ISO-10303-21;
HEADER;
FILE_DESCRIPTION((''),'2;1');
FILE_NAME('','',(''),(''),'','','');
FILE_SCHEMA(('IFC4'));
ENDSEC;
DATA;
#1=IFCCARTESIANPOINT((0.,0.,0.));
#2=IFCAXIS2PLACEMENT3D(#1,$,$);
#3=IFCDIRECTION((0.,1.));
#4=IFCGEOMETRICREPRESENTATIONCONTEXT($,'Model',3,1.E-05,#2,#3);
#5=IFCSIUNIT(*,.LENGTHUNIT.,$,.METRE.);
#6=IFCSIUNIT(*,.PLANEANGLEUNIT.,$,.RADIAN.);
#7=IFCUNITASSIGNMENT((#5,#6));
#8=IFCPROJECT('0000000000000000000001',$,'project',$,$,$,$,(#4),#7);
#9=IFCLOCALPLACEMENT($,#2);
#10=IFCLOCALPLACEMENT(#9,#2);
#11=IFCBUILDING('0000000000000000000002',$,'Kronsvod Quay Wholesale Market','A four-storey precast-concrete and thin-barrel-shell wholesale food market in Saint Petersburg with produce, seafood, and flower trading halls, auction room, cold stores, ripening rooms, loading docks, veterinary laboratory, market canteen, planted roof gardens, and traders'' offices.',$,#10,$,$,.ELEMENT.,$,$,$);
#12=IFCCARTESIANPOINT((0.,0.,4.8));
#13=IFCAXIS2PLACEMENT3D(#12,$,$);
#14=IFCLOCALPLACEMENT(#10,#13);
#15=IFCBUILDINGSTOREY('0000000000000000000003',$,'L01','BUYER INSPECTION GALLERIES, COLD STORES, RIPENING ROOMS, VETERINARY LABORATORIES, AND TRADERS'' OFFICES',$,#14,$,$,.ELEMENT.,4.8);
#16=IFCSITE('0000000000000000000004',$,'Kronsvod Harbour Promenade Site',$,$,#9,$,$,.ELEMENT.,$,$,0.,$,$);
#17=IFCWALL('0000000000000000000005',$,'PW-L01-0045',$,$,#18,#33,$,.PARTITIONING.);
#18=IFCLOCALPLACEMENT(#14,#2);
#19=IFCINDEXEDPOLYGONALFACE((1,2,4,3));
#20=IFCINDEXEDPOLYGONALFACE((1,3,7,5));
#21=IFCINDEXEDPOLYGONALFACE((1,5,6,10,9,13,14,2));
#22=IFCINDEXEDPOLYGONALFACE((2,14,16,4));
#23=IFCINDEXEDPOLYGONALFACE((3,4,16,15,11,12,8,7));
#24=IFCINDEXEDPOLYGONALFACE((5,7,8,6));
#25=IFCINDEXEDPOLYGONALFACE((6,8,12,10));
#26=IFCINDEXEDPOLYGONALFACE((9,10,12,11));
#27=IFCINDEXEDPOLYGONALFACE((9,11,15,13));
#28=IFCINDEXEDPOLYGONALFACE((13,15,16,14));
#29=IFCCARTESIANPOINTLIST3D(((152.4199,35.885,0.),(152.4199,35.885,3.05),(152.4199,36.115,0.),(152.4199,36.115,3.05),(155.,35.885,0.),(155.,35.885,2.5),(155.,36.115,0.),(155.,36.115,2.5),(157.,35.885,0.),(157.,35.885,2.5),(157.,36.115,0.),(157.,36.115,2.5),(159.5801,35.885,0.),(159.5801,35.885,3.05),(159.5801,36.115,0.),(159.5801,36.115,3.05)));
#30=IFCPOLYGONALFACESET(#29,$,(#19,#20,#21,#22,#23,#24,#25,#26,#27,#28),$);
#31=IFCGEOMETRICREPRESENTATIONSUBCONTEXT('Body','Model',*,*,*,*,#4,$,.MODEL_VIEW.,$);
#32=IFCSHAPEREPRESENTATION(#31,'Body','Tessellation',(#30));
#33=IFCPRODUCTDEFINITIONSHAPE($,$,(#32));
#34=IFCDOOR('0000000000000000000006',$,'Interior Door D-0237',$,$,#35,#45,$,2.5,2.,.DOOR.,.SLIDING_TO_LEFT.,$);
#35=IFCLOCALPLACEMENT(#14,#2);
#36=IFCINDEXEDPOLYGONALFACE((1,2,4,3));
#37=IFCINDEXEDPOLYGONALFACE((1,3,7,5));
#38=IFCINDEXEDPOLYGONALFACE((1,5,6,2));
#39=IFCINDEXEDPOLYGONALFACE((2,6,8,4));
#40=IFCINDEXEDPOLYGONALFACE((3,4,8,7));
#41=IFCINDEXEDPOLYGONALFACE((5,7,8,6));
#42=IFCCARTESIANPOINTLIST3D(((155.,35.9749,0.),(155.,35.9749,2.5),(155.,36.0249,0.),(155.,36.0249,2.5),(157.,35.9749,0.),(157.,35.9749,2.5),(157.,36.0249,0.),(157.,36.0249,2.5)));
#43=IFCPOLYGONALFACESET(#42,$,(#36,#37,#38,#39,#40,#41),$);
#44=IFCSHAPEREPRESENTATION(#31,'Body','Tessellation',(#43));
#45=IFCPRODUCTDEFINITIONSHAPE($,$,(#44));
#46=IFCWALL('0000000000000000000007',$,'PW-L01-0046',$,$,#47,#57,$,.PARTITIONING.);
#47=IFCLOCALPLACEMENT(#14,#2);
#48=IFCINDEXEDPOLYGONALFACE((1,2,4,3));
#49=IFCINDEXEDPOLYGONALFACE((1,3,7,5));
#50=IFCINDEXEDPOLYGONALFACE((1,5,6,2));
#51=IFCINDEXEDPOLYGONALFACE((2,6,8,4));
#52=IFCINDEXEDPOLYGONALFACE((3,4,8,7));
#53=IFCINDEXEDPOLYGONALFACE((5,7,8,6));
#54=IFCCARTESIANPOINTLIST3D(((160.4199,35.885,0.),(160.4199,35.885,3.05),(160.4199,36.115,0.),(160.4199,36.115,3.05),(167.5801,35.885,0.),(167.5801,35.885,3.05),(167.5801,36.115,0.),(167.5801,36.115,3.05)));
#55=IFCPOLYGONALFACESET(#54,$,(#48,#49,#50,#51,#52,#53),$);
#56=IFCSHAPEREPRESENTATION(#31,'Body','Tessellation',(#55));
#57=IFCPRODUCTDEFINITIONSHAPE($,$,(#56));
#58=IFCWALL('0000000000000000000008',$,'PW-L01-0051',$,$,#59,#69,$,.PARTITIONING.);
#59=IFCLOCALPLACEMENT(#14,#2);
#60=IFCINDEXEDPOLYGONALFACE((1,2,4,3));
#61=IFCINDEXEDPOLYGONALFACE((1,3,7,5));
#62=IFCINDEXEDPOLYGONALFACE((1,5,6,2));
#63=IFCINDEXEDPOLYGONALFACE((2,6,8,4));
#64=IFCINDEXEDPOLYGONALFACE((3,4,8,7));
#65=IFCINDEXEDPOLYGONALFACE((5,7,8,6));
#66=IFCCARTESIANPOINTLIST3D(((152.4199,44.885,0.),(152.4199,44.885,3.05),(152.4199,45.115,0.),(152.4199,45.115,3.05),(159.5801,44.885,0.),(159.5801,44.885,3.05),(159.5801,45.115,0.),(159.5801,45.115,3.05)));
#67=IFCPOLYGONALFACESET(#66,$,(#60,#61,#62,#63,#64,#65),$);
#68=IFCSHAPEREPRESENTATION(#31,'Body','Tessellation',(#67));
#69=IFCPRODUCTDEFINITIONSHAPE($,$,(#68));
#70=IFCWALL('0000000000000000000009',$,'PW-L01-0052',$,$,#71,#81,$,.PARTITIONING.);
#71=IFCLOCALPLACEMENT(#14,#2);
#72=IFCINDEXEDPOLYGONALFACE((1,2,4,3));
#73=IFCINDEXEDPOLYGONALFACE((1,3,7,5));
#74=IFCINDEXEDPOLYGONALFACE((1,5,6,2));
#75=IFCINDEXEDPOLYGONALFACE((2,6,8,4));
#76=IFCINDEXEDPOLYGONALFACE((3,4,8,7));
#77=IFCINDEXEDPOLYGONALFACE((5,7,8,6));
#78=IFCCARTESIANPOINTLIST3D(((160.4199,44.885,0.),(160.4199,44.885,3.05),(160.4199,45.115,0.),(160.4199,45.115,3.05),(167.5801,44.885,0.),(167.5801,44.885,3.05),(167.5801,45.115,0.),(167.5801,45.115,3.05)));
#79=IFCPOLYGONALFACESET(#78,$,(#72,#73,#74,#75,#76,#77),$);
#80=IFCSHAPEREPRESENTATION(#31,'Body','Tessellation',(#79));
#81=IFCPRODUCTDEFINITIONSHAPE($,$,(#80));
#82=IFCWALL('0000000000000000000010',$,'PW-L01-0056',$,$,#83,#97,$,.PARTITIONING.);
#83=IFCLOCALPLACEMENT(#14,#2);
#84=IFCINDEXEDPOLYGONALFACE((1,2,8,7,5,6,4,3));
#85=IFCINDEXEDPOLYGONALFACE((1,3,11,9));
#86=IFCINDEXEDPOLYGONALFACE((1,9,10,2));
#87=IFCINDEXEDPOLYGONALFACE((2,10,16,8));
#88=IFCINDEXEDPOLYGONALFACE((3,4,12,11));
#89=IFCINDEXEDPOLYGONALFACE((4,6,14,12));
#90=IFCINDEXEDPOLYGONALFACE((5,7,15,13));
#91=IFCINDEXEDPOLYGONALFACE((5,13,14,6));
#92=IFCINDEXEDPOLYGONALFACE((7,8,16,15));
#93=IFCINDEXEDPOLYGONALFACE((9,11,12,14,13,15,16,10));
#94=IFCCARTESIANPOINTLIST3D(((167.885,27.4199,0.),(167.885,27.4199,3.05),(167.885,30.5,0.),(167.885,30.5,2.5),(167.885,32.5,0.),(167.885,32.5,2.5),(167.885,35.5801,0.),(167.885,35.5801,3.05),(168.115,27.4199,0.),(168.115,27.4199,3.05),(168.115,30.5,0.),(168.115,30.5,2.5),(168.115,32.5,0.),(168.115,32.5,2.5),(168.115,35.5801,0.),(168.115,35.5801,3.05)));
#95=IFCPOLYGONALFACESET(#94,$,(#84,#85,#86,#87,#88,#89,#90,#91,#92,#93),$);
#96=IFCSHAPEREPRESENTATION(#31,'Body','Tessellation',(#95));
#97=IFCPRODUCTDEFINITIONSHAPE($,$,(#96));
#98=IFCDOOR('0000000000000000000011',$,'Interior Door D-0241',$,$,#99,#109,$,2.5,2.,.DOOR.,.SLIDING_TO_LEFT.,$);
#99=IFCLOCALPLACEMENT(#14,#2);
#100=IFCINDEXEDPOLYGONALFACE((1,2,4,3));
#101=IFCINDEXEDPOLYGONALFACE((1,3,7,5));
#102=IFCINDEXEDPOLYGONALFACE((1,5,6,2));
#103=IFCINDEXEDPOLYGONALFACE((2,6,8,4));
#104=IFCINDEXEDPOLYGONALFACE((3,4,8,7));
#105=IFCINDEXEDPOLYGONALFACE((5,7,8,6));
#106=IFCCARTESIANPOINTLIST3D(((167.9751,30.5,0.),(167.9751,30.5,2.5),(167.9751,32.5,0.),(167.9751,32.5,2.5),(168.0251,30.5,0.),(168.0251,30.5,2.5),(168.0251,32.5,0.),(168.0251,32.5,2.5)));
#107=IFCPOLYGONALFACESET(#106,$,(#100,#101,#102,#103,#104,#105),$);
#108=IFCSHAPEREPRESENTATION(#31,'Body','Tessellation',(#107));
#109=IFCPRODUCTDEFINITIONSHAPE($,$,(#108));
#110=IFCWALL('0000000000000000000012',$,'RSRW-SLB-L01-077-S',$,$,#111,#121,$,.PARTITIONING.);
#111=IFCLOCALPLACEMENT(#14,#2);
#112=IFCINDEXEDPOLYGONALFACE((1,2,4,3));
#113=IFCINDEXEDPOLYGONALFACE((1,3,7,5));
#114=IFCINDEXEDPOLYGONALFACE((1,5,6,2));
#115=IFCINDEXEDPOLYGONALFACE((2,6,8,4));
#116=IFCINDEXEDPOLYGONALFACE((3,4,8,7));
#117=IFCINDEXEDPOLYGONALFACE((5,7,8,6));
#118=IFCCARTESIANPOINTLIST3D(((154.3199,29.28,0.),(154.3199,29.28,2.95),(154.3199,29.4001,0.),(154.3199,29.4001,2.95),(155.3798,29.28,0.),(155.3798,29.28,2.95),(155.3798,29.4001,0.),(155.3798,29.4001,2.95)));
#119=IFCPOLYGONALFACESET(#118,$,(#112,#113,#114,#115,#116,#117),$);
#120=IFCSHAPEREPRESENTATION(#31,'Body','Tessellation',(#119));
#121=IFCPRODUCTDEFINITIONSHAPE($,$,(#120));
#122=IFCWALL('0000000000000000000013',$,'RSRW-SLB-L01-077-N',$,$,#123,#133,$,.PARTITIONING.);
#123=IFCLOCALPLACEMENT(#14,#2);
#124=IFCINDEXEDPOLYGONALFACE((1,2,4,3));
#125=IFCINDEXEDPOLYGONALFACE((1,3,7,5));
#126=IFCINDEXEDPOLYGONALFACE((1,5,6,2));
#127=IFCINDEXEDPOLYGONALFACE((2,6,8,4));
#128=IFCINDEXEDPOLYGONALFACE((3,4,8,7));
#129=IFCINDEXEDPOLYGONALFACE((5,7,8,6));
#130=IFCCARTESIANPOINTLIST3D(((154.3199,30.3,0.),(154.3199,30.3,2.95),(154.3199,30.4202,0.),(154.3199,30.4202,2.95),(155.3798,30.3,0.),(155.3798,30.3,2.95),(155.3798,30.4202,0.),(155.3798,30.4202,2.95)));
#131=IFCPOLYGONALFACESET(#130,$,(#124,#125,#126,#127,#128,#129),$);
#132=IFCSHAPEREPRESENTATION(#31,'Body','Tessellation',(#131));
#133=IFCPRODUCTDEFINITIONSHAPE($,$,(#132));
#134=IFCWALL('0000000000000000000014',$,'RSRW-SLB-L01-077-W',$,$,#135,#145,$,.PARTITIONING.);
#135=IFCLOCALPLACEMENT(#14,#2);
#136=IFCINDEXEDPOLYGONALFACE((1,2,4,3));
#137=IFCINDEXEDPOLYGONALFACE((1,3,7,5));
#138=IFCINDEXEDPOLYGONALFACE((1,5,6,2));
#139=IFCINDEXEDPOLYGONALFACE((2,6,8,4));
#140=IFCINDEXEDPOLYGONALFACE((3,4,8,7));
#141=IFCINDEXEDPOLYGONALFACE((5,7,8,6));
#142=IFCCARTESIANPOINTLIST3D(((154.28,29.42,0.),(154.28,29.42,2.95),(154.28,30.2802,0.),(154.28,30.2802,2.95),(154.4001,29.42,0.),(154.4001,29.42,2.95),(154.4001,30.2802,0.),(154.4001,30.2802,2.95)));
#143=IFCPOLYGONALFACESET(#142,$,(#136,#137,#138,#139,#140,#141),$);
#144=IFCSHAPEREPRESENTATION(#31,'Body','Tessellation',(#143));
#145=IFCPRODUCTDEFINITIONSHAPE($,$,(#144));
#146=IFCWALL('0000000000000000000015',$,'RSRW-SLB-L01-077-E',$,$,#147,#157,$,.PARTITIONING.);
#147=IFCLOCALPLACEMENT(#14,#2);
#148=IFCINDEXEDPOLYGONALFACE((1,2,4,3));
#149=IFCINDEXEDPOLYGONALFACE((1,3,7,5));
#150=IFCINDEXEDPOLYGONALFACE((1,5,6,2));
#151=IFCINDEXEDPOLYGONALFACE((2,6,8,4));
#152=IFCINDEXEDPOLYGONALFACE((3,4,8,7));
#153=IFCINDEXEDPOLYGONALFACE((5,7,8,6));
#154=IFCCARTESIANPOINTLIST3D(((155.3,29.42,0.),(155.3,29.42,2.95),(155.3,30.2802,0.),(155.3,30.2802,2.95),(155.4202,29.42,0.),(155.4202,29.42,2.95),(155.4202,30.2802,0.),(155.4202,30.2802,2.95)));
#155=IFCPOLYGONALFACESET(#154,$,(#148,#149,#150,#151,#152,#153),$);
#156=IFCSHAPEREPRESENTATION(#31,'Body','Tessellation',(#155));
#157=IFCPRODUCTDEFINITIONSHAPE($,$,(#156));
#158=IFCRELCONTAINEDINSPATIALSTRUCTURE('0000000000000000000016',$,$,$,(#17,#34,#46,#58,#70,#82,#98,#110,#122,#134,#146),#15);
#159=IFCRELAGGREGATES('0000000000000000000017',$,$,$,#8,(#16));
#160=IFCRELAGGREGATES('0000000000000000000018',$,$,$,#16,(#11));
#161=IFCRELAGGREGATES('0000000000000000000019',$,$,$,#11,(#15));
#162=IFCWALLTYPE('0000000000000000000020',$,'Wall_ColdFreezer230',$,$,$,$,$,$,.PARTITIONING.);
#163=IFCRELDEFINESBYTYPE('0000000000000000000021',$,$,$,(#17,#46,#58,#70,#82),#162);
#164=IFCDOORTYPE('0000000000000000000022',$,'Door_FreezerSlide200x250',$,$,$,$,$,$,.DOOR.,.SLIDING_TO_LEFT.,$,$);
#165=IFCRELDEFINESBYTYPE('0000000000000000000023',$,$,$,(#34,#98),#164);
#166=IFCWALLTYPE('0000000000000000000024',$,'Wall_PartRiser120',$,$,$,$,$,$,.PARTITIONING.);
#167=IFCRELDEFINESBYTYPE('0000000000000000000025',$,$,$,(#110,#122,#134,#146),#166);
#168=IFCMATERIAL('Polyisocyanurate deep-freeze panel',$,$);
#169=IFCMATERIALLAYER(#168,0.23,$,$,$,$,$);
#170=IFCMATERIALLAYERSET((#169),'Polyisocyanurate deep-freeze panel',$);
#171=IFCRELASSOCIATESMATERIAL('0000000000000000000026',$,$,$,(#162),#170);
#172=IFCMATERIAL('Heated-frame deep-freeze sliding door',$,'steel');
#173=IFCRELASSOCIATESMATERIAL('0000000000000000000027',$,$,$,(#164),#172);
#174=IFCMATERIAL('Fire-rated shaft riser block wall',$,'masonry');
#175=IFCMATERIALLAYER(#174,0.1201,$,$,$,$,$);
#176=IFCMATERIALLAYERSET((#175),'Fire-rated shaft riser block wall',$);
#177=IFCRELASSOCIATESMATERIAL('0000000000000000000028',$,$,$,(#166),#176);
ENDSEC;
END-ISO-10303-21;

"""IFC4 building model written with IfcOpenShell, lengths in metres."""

from ifc_helpers import new_model, si_unit, direction, frame, frame_2d, origin, place, context, subcontext, project, spatial, rectangle, extrude, material, layer, layer_set, type_object, element, fill, save


model = new_model("IFC4")

# Units and contexts
model_context = context("Model", 3, precision=1e-05, world=origin(), true_north=direction((0.0, 1.0)))
body_context = subcontext(model_context, "Body", "Model", "MODEL_VIEW")
ifc_project = project(units=[si_unit("LENGTHUNIT", "METRE"), si_unit("PLANEANGLEUNIT", "RADIAN")], contexts=[model_context])

# Site, building, storey
site_placement = place(None, origin())
site = spatial("IfcSite", under=ifc_project, at=site_placement, Name="Kronsvod Harbour Promenade Site", CompositionType="ELEMENT", RefElevation=0.0)
building_placement = place(site_placement, origin())
building = spatial("IfcBuilding", under=site, at=building_placement, Name="Kronsvod Quay Wholesale Market", Description="A four-storey precast-concrete and thin-barrel-shell wholesale food market in Saint Petersburg with produce, seafood, and flower trading halls, auction room, cold stores, ripening rooms, loading docks, veterinary laboratory, market canteen, planted roof gardens, and traders' offices.", CompositionType="ELEMENT")
storey_placement = place(building_placement, frame((0.0, 0.0, 4.8)))
storey = spatial("IfcBuildingStorey", under=building, at=storey_placement, Name="L01", Description="BUYER INSPECTION GALLERIES, COLD STORES, RIPENING ROOMS, VETERINARY LABORATORIES, AND TRADERS' OFFICES", CompositionType="ELEMENT", Elevation=4.8)

# Wall, opening, door
ifc_material_1 = material(Name="Polyisocyanurate deep-freeze panel")
ifc_layer_1 = layer(ifc_material_1, 0.23)
ifc_layer_set_1 = layer_set([ifc_layer_1], Name="Polyisocyanurate deep-freeze panel")
wall_type_1 = type_object("IfcWallType", Name="Wall_ColdFreezer230", PredefinedType="PARTITIONING", material=ifc_layer_set_1)
wall_1_placement = place(storey_placement, frame((152.4199, 36.0, 0.0), z_axis=(0.0, 0.0, 1.0), x_axis=(1.0, 0.0, 0.0)))
wall_1 = element("IfcWall", 1, at=wall_1_placement, inside=storey, type_object=wall_type_1, Name="PW-L01-0045", PredefinedType="PARTITIONING", context=body_context, shape_type="SweptSolid", body=[
    extrude(rectangle(XDim=7.1602, YDim=0.23, at=frame_2d((3.5801, 0.0))), origin(), (0.0, 0.0, 1.0), 3.05),
])
opening_1_placement = place(wall_1_placement, frame((2.5801, 0.0, 0.0)))
opening_1 = element("IfcOpeningElement", 2, at=opening_1_placement, cuts=wall_1, PredefinedType="OPENING", context=body_context, shape_type="SweptSolid", body=[
    extrude(rectangle(XDim=2.0, YDim=2.5, at=frame_2d((1.0, 1.25))), frame((0.0, 0.125, 0.0), z_axis=(0.0, -1.0, 0.0), x_axis=(1.0, 0.0, 0.0)), (0.0, 0.0, 1.0), 0.25),
])
ifc_material_2 = material(Name="Heated-frame deep-freeze sliding door", Category="steel")
door_type = type_object("IfcDoorType", Name="Door_FreezerSlide200x250", OperationType="SLIDING_TO_LEFT", PredefinedType="DOOR", material=ifc_material_2)
door_1_placement = place(opening_1_placement, origin())
door_1 = element("IfcDoor", 3, at=door_1_placement, inside=storey, type_object=door_type, Name="Interior Door D-0237", OperationType="SLIDING_TO_LEFT", OverallHeight=2.5, OverallWidth=2.0, PredefinedType="DOOR", context=body_context, shape_type="SweptSolid", body=[
    extrude(rectangle(XDim=2.0, YDim=2.5, at=frame_2d((1.0, 1.25))), frame((0.0, 0.0249, 0.0), z_axis=(0.0, -1.0, 0.0), x_axis=(1.0, 0.0, 0.0)), (0.0, 0.0, 1.0), 0.05),
])
fill(opening_1, door_1)

# Walls
for number, where, z_axis, x_axis, name in (
    (4, (160.4199, 36.0, 0.0), (0.0, 0.0, 1.0), (1.0, 0.0, 0.0), "PW-L01-0046"),
    (5, (152.4199, 45.0, 0.0), (0.0, 0.0, 1.0), (1.0, 0.0, 0.0), "PW-L01-0051"),
    (6, (160.4199, 45.0, 0.0), (0.0, 0.0, 1.0), (1.0, 0.0, 0.0), "PW-L01-0052"),
):
    element("IfcWall", number, at=place(storey_placement, frame(where, z_axis=z_axis, x_axis=x_axis)), inside=storey, type_object=wall_type_1, Name=name, PredefinedType="PARTITIONING", context=body_context, shape_type="SweptSolid", body=[
        extrude(rectangle(XDim=7.1602, YDim=0.23, at=frame_2d((3.5801, 0.0))), origin(), (0.0, 0.0, 1.0), 3.05),
    ])

# Wall, opening, door
wall_2_placement = place(storey_placement, frame((168.0, 27.4199, 0.0), z_axis=(0.0, 0.0, 1.0), x_axis=(0.0, 1.0, 0.0)))
wall_2 = element("IfcWall", 7, at=wall_2_placement, inside=storey, type_object=wall_type_1, Name="PW-L01-0056", PredefinedType="PARTITIONING", context=body_context, shape_type="SweptSolid", body=[
    extrude(rectangle(XDim=8.1602, YDim=0.23, at=frame_2d((4.0801, 0.0))), origin(), (0.0, 0.0, 1.0), 3.05),
])
opening_2_placement = place(wall_2_placement, frame((3.0801, 0.0, 0.0)))
opening_2 = element("IfcOpeningElement", 8, at=opening_2_placement, cuts=wall_2, PredefinedType="OPENING", context=body_context, shape_type="SweptSolid", body=[
    extrude(rectangle(XDim=2.0, YDim=2.5, at=frame_2d((1.0, 1.25))), frame((0.0, 0.125, 0.0), z_axis=(0.0, -1.0, 0.0), x_axis=(1.0, 0.0, 0.0)), (0.0, 0.0, 1.0), 0.25),
])
door_2_placement = place(opening_2_placement, origin())
door_2 = element("IfcDoor", 9, at=door_2_placement, inside=storey, type_object=door_type, Name="Interior Door D-0241", OperationType="SLIDING_TO_LEFT", OverallHeight=2.5, OverallWidth=2.0, PredefinedType="DOOR", context=body_context, shape_type="SweptSolid", body=[
    extrude(rectangle(XDim=2.0, YDim=2.5, at=frame_2d((1.0, 1.25))), frame((0.0, 0.0249, 0.0), z_axis=(0.0, -1.0, 0.0), x_axis=(1.0, 0.0, 0.0)), (0.0, 0.0, 1.0), 0.05),
])
fill(opening_2, door_2)

# Walls
ifc_material_3 = material(Name="Fire-rated shaft riser block wall", Category="masonry")
ifc_layer_2 = layer(ifc_material_3, 0.1201)
ifc_layer_set_2 = layer_set([ifc_layer_2], Name="Fire-rated shaft riser block wall")
wall_type_2 = type_object("IfcWallType", Name="Wall_PartRiser120", PredefinedType="PARTITIONING", material=ifc_layer_set_2)
for number, where, z_axis, x_axis, name in (
    (10, (154.3201, 29.3401, 0.0), (0.0, 0.0, 1.0), (1.0, 0.0, 0.0), "RSRW-SLB-L01-077-S"),
    (11, (154.3201, 30.3601, 0.0), (0.0, 0.0, 1.0), (1.0, 0.0, 0.0), "RSRW-SLB-L01-077-N"),
):
    element("IfcWall", number, at=place(storey_placement, frame(where, z_axis=z_axis, x_axis=x_axis)), inside=storey, type_object=wall_type_2, Name=name, PredefinedType="PARTITIONING", context=body_context, shape_type="SweptSolid", body=[
        extrude(rectangle(XDim=1.0598, YDim=0.1201, at=frame_2d((0.5298, 0.0))), origin(), (0.0, 0.0, 1.0), 2.95),
    ])
for number, where, z_axis, x_axis, name in (
    (12, (154.3401, 29.4199, 0.0), (0.0, 0.0, 1.0), (0.0, 1.0, 0.0), "RSRW-SLB-L01-077-W"),
    (13, (155.3601, 29.4199, 0.0), (0.0, 0.0, 1.0), (0.0, 1.0, 0.0), "RSRW-SLB-L01-077-E"),
):
    element("IfcWall", number, at=place(storey_placement, frame(where, z_axis=z_axis, x_axis=x_axis)), inside=storey, type_object=wall_type_2, Name=name, PredefinedType="PARTITIONING", context=body_context, shape_type="SweptSolid", body=[
        extrude(rectangle(XDim=0.8601, YDim=0.1201, at=frame_2d((0.4302, 0.0))), origin(), (0.0, 0.0, 1.0), 2.95),
    ])

save(model, "model.ifc")
